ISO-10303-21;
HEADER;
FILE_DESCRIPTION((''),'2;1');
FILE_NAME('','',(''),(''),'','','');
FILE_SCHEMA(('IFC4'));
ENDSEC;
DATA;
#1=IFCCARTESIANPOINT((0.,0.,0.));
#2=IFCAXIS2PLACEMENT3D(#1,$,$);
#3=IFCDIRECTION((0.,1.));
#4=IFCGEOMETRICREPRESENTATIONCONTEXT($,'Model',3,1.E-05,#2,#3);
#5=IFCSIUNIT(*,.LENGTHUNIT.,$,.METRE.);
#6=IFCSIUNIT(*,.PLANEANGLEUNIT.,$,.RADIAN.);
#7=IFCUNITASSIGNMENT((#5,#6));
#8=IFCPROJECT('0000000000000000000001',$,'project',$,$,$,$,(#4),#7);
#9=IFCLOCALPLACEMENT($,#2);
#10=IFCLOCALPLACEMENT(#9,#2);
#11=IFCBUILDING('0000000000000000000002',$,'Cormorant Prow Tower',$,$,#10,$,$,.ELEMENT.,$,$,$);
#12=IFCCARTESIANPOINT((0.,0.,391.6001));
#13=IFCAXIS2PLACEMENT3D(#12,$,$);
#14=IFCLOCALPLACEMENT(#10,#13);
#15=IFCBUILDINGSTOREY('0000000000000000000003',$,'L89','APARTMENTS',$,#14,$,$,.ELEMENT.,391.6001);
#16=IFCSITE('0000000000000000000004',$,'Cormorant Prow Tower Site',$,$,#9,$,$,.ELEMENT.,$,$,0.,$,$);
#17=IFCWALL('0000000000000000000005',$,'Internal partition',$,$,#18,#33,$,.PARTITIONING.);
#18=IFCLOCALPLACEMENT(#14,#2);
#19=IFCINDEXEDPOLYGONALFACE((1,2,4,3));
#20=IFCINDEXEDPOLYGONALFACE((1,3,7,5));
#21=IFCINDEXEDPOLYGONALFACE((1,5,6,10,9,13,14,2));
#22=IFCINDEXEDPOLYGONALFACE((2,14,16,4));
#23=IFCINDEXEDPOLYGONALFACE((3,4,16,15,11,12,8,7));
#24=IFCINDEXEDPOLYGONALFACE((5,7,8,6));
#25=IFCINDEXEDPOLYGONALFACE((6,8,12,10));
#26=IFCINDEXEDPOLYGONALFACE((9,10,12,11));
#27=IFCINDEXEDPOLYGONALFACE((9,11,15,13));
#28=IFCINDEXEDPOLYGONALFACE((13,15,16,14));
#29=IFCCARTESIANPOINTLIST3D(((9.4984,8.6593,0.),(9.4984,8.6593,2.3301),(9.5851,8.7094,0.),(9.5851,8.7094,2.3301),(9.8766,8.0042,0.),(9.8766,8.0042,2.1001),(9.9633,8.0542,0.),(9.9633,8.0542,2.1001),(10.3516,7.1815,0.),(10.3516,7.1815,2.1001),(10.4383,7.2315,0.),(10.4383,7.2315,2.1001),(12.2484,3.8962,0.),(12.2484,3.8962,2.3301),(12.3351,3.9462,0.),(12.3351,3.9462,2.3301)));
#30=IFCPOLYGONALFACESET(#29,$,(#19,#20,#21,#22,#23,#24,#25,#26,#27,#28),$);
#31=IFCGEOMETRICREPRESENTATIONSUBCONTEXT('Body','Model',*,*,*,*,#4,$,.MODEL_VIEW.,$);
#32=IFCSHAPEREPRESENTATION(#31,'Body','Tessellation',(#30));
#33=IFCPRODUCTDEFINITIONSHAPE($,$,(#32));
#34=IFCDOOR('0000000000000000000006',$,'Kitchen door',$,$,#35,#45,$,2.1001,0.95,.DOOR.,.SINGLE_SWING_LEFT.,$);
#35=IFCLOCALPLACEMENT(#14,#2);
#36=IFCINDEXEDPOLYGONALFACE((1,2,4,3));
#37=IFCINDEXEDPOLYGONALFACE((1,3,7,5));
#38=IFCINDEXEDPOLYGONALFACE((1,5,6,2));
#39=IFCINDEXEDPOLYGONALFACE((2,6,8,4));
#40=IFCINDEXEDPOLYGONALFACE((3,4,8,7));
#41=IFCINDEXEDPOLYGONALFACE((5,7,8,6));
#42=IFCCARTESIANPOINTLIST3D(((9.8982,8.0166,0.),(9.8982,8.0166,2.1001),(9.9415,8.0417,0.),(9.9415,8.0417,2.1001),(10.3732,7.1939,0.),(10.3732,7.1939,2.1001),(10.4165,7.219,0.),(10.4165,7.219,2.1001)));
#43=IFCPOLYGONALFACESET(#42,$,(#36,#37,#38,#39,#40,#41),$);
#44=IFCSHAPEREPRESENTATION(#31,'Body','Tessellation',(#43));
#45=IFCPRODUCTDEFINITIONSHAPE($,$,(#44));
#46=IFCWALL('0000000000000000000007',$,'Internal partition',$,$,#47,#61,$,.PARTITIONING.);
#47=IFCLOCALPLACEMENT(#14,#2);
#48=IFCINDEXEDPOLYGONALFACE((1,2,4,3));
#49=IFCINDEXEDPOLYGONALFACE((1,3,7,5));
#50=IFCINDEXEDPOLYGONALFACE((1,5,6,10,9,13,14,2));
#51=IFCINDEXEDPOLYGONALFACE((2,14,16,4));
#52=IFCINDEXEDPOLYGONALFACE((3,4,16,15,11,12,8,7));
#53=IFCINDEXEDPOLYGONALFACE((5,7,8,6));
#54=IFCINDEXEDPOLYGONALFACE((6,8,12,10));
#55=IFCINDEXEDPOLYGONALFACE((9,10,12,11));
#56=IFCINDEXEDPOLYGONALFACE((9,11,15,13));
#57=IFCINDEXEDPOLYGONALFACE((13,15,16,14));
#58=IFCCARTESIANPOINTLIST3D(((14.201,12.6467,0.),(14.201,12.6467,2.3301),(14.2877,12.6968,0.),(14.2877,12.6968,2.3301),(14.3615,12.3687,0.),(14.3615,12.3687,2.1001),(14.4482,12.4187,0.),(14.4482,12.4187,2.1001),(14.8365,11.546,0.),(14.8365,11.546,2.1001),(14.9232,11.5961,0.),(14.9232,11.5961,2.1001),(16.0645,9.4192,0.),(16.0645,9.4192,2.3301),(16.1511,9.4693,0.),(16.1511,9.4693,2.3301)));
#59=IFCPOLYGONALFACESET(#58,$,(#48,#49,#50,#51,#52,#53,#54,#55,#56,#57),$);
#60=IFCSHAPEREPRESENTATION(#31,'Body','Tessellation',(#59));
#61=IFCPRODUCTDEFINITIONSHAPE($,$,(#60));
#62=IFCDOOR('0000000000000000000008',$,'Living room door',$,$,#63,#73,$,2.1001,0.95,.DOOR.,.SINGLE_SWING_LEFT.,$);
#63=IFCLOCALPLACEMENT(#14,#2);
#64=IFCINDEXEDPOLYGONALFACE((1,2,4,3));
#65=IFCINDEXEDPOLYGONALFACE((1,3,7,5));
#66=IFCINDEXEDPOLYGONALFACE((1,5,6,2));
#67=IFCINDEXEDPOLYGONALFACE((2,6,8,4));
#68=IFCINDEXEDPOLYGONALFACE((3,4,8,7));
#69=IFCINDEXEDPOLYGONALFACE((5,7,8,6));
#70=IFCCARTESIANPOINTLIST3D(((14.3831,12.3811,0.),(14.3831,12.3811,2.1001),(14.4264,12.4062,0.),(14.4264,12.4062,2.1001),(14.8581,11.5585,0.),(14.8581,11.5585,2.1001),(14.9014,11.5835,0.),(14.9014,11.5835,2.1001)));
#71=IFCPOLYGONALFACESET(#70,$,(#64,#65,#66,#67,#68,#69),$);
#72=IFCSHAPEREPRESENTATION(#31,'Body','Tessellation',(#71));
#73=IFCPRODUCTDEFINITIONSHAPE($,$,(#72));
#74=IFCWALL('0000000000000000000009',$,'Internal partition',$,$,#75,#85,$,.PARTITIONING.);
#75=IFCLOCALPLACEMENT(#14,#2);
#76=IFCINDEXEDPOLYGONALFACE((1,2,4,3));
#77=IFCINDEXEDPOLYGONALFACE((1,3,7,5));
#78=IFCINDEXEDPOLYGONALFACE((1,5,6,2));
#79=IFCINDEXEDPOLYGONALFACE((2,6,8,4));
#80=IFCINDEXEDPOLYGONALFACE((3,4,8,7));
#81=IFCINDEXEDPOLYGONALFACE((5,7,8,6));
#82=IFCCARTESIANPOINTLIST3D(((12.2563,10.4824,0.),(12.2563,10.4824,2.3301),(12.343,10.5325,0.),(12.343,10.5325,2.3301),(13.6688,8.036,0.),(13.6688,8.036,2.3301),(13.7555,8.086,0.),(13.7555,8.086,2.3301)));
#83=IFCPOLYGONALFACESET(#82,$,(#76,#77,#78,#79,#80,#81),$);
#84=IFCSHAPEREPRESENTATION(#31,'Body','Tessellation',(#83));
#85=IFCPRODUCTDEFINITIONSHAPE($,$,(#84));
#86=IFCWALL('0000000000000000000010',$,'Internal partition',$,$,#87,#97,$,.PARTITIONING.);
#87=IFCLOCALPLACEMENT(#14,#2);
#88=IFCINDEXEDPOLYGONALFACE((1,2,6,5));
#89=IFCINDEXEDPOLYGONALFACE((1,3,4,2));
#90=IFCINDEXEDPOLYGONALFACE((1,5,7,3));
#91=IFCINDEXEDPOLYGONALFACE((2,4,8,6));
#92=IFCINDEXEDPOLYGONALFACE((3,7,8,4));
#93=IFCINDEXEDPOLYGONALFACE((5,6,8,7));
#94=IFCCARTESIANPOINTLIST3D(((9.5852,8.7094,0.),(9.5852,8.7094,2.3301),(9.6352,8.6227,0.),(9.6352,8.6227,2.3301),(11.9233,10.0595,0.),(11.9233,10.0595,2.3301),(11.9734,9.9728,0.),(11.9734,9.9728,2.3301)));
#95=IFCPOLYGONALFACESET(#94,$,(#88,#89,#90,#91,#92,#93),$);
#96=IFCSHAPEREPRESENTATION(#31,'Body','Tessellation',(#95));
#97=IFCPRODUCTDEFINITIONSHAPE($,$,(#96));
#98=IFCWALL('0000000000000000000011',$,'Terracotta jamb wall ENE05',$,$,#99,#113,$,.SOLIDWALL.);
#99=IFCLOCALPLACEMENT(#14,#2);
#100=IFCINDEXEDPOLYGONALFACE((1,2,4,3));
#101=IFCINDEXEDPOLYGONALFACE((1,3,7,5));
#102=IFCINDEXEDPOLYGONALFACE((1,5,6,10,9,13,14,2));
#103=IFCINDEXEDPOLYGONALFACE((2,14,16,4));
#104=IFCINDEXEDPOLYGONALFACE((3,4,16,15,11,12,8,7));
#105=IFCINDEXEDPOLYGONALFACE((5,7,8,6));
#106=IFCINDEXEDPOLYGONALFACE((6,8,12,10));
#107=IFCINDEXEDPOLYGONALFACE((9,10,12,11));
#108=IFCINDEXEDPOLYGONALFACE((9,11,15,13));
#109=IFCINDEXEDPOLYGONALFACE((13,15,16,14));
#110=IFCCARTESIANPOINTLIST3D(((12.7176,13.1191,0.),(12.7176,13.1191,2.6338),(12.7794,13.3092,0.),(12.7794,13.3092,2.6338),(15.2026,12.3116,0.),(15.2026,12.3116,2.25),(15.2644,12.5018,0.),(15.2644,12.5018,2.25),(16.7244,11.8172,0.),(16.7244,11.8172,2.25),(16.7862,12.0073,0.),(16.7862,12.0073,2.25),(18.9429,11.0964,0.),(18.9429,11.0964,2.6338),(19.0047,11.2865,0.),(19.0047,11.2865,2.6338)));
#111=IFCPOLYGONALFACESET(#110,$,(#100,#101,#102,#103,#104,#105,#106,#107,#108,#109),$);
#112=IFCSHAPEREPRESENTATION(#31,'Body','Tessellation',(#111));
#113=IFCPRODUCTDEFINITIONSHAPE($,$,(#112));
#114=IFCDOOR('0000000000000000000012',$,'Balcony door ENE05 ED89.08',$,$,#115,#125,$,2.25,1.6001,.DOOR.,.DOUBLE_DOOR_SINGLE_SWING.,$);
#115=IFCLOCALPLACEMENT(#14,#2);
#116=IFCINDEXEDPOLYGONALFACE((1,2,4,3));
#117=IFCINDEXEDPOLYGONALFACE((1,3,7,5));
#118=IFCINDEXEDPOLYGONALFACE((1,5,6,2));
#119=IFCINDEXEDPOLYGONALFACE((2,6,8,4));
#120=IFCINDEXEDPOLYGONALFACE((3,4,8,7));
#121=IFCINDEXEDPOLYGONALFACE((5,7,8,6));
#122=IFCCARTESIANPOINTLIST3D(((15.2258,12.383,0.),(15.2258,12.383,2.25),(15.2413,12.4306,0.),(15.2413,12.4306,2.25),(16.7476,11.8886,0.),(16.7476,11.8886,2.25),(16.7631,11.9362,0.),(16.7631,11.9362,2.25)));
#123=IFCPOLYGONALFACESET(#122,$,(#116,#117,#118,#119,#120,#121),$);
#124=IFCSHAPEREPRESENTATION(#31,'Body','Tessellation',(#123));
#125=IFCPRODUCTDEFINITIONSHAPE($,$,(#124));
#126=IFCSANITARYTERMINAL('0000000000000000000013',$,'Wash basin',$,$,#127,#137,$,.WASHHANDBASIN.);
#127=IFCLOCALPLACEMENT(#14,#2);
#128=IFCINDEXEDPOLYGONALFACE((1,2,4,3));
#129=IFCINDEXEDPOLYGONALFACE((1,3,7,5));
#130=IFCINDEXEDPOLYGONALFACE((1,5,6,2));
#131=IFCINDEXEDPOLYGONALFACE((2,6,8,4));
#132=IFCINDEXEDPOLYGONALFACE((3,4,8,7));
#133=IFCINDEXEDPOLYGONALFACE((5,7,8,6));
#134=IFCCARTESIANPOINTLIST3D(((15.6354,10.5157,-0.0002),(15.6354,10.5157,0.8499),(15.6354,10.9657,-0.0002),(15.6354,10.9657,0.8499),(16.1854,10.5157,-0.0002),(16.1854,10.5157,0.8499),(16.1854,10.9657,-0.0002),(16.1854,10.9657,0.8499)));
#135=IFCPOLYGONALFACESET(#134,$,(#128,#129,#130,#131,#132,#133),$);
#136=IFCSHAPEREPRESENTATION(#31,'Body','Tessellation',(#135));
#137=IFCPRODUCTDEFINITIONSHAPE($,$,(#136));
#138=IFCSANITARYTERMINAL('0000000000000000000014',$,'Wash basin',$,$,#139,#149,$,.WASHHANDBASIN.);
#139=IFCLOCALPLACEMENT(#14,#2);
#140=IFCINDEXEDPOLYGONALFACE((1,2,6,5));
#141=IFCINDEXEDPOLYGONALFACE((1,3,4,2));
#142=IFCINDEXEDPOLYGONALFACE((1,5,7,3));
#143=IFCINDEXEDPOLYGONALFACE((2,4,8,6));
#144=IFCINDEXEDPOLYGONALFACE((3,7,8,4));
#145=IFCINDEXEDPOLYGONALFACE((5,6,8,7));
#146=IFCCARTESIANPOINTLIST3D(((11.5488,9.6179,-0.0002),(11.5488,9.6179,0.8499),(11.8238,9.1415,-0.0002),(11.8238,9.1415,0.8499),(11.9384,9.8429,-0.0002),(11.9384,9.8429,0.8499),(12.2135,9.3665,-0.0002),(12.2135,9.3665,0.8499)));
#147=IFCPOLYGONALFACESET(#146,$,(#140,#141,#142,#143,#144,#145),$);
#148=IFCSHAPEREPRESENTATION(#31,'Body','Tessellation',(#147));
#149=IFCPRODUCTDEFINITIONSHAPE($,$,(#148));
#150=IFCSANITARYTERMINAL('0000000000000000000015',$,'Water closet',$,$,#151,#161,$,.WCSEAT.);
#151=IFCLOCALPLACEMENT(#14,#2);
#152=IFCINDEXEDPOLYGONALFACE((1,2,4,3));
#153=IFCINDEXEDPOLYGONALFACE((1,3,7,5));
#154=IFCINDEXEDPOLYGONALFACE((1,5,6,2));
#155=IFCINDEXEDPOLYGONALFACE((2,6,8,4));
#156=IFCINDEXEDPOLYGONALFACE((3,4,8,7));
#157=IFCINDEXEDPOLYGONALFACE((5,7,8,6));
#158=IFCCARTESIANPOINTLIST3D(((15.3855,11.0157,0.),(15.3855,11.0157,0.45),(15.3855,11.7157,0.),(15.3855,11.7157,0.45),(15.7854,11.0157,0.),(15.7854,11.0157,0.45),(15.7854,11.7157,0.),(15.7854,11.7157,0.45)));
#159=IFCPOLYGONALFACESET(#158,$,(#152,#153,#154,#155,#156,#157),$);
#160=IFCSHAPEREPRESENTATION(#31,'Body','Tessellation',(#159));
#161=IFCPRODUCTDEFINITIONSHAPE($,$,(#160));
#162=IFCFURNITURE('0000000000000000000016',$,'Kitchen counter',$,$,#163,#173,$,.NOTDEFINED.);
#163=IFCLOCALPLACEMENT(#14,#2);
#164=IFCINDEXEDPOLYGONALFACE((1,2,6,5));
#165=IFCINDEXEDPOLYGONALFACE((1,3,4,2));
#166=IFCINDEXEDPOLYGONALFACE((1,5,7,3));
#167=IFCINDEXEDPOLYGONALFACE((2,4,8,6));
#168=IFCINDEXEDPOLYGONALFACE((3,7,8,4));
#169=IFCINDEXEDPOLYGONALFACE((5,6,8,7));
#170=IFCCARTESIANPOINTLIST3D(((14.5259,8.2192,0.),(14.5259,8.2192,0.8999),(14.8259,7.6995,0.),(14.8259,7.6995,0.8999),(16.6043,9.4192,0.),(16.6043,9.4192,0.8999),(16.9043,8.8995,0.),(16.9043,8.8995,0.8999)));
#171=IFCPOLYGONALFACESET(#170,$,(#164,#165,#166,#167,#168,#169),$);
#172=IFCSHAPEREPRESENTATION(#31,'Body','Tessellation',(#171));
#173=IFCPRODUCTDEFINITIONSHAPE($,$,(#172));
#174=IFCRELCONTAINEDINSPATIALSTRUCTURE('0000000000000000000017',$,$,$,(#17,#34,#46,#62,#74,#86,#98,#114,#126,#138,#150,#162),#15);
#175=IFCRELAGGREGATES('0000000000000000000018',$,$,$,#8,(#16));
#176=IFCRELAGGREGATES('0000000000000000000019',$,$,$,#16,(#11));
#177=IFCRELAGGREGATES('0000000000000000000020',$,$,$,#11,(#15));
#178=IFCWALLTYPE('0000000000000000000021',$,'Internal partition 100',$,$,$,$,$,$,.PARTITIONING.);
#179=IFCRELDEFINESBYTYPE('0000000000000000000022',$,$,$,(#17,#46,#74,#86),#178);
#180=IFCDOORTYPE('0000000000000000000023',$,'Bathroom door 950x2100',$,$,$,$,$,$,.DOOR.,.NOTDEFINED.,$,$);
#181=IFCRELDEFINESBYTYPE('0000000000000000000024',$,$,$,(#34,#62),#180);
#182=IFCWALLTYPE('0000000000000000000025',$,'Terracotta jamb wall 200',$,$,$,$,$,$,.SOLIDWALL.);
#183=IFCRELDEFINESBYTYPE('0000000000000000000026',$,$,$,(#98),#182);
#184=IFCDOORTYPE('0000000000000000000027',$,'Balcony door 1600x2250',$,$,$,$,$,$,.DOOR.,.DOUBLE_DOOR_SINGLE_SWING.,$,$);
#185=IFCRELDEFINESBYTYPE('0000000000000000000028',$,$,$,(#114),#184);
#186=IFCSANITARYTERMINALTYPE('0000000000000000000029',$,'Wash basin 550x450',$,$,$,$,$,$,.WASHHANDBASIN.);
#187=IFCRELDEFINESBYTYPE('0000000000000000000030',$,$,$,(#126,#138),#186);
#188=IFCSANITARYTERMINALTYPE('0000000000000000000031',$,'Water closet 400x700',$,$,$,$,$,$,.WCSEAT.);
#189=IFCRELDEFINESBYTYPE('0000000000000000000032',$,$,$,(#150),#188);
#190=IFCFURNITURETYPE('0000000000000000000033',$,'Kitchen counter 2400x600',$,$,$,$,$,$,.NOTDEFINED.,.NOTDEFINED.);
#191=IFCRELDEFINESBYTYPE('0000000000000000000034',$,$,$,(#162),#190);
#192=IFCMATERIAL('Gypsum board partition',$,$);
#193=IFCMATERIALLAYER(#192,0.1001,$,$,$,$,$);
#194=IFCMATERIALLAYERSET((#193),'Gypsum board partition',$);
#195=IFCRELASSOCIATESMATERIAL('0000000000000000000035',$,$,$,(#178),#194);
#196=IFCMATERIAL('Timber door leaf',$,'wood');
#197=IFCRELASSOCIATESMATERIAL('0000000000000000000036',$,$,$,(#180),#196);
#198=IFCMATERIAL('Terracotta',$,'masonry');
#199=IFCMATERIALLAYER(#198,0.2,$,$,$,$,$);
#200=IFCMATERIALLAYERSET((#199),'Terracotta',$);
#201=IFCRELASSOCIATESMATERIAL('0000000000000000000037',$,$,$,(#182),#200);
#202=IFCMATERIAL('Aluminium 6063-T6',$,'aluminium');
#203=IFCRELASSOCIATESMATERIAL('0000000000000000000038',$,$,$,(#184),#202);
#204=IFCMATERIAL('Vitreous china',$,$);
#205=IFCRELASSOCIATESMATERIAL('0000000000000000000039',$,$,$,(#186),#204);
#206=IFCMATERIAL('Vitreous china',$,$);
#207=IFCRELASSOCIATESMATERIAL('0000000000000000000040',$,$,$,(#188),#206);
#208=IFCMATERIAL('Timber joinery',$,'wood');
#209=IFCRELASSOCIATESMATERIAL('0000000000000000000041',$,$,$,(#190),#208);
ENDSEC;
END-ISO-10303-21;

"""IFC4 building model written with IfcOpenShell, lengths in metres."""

from ifc_helpers import new_model, si_unit, direction, frame, frame_2d, origin, origin_2d, place, context, subcontext, project, spatial, rectangle, extrude, material, layer, layer_set, type_object, element, fill, save


model = new_model("IFC4")

# Units and contexts
model_context = context("Model", 3, precision=1e-05, world=origin(), true_north=direction((0.0, 1.0)))
body_context = subcontext(model_context, "Body", "Model", "MODEL_VIEW")
ifc_project = project(units=[si_unit("LENGTHUNIT", "METRE"), si_unit("PLANEANGLEUNIT", "RADIAN")], contexts=[model_context])

# Site, building, storey
site_placement = place(None, origin())
site = spatial("IfcSite", under=ifc_project, at=site_placement, Name="Cormorant Prow Tower Site", CompositionType="ELEMENT", RefElevation=0.0)
building_placement = place(site_placement, origin())
building = spatial("IfcBuilding", under=site, at=building_placement, Name="Cormorant Prow Tower", CompositionType="ELEMENT")
storey_placement = place(building_placement, frame((0.0, 0.0, 391.6001)))
storey = spatial("IfcBuildingStorey", under=building, at=storey_placement, Name="L89", Description="APARTMENTS", CompositionType="ELEMENT", Elevation=391.6001)

# Shared definitions
ifc_material_1 = material(Name="Gypsum board partition")
ifc_layer_1 = layer(ifc_material_1, 0.1001)
ifc_layer_set_1 = layer_set([ifc_layer_1], Name="Gypsum board partition")
wall_type_1 = type_object("IfcWallType", Name="Internal partition 100", PredefinedType="PARTITIONING", material=ifc_layer_set_1)
ifc_material_2 = material(Name="Timber door leaf", Category="wood")
door_type_1 = type_object("IfcDoorType", Name="Bathroom door 950x2100", OperationType="NOTDEFINED", PredefinedType="DOOR", material=ifc_material_2)

# Walls, openings, doors
wall_1_placement = place(storey_placement, frame((9.5417, 8.6843, 0.0), z_axis=(0.0, 0.0, 1.0), x_axis=(0.499997, -0.866027, 0.0)))
wall_1 = element("IfcWall", 1, at=wall_1_placement, inside=storey, type_object=wall_type_1, Name="Internal partition", PredefinedType="PARTITIONING", context=body_context, shape_type="SweptSolid", body=[
    extrude(rectangle(XDim=5.5, YDim=0.1001, at=frame_2d((2.75, 0.0))), origin(), (0.0, 0.0, 1.0), 2.3301),
])
opening_1_placement = place(wall_1_placement, frame((0.7563, 0.0, 0.0)))
opening_1 = element("IfcOpeningElement", 2, at=opening_1_placement, cuts=wall_1, PredefinedType="OPENING", context=body_context, shape_type="SweptSolid", body=[
    extrude(rectangle(XDim=0.95, YDim=2.1001, at=frame_2d((0.4751, 1.05))), frame((0.0, 0.0601, 0.0), z_axis=(0.0, -1.0, 0.0), x_axis=(1.0, 0.0, 0.0)), (0.0, 0.0, 1.0), 0.1201),
])
door_1_placement = place(opening_1_placement, origin())
door_1 = element("IfcDoor", 3, at=door_1_placement, inside=storey, type_object=door_type_1, Name="Kitchen door", OperationType="SINGLE_SWING_LEFT", OverallHeight=2.1001, OverallWidth=0.95, PredefinedType="DOOR", context=body_context, shape_type="SweptSolid", body=[
    extrude(rectangle(XDim=0.95, YDim=2.1001, at=frame_2d((0.4751, 1.05))), frame((0.0, 0.0249, 0.0), z_axis=(0.0, -1.0, 0.0), x_axis=(1.0, 0.0, 0.0)), (0.0, 0.0, 1.0), 0.05),
])
fill(opening_1, door_1)
wall_2_placement = place(storey_placement, frame((14.2444, 12.6716, 0.0), z_axis=(0.0, 0.0, 1.0), x_axis=(0.500021, -0.866013, 0.0)))
wall_2 = element("IfcWall", 4, at=wall_2_placement, inside=storey, type_object=wall_type_1, Name="Internal partition", PredefinedType="PARTITIONING", context=body_context, shape_type="SweptSolid", body=[
    extrude(rectangle(XDim=3.7268, YDim=0.1001, at=frame_2d((1.8633, 0.0))), origin(), (0.0, 0.0, 1.0), 2.3301),
])
opening_2_placement = place(wall_2_placement, frame((0.3208, 0.0, 0.0)))
opening_2 = element("IfcOpeningElement", 5, at=opening_2_placement, cuts=wall_2, PredefinedType="OPENING", context=body_context, shape_type="SweptSolid", body=[
    extrude(rectangle(XDim=0.95, YDim=2.1001, at=frame_2d((0.4751, 1.05))), frame((0.0, 0.0601, 0.0), z_axis=(0.0, -1.0, 0.0), x_axis=(1.0, 0.0, 0.0)), (0.0, 0.0, 1.0), 0.1201),
])
door_2_placement = place(opening_2_placement, origin())
door_2 = element("IfcDoor", 6, at=door_2_placement, inside=storey, type_object=door_type_1, Name="Living room door", OperationType="SINGLE_SWING_LEFT", OverallHeight=2.1001, OverallWidth=0.95, PredefinedType="DOOR", context=body_context, shape_type="SweptSolid", body=[
    extrude(rectangle(XDim=0.95, YDim=2.1001, at=frame_2d((0.4751, 1.05))), frame((0.0, 0.0249, 0.0), z_axis=(0.0, -1.0, 0.0), x_axis=(1.0, 0.0, 0.0)), (0.0, 0.0, 1.0), 0.05),
])
fill(opening_2, door_2)

# Walls
wall_3_placement = place(storey_placement, frame((12.2996, 10.5076, 0.0), z_axis=(0.0, 0.0, 1.0), x_axis=(0.500024, -0.866011, 0.0)))
element("IfcWall", 7, at=wall_3_placement, inside=storey, type_object=wall_type_1, Name="Internal partition", PredefinedType="PARTITIONING", context=body_context, shape_type="SweptSolid", body=[
    extrude(rectangle(XDim=2.825, YDim=0.1001, at=frame_2d((1.4126, 0.0))), origin(), (0.0, 0.0, 1.0), 2.3301),
])
wall_4_placement = place(storey_placement, frame((9.6101, 8.666, 0.0), z_axis=(0.0, 0.0, 1.0), x_axis=(0.865997, 0.500049, 0.0)))
element("IfcWall", 8, at=wall_4_placement, inside=storey, type_object=wall_type_1, Name="Internal partition", PredefinedType="PARTITIONING", context=body_context, shape_type="SweptSolid", body=[
    extrude(rectangle(XDim=2.7, YDim=0.1001, at=frame_2d((1.3501, 0.0))), origin(), (0.0, 0.0, 1.0), 2.3301),
])

# Wall, opening, door
ifc_material_3 = material(Name="Terracotta", Category="masonry")
ifc_layer_2 = layer(ifc_material_3, 0.2)
ifc_layer_set_2 = layer_set([ifc_layer_2], Name="Terracotta")
wall_type_2 = type_object("IfcWallType", Name="Terracotta jamb wall 200", PredefinedType="SOLIDWALL", material=ifc_layer_set_2)
wall_5_placement = place(storey_placement, frame((18.9739, 11.1914, 0.0), z_axis=(0.0, 0.0, 1.0), x_axis=(-0.951058, 0.309013, 0.0)))
wall_5 = element("IfcWall", 9, at=wall_5_placement, inside=storey, type_object=wall_type_2, Name="Terracotta jamb wall ENE05", PredefinedType="SOLIDWALL", context=body_context, shape_type="SweptSolid", body=[
    extrude(rectangle(XDim=6.5457, YDim=0.2, at=frame_2d((3.2729, 0.0))), origin(), (0.0, 0.0, 1.0), 2.6338),
])
opening_3_placement = place(wall_5_placement, frame((2.3328, 0.0, 0.0)))
opening_3 = element("IfcOpeningElement", 10, at=opening_3_placement, cuts=wall_5, PredefinedType="OPENING", context=body_context, shape_type="SweptSolid", body=[
    extrude(rectangle(XDim=1.6001, YDim=2.25, at=frame_2d((0.8, 1.125))), frame((0.0, 0.1099, 0.0), z_axis=(0.0, -1.0, 0.0), x_axis=(1.0, 0.0, 0.0)), (0.0, 0.0, 1.0), 0.22),
])
ifc_material_4 = material(Name="Aluminium 6063-T6", Category="aluminium")
door_type_2 = type_object("IfcDoorType", Name="Balcony door 1600x2250", OperationType="DOUBLE_DOOR_SINGLE_SWING", PredefinedType="DOOR", material=ifc_material_4)
door_3_placement = place(opening_3_placement, origin())
door_3 = element("IfcDoor", 11, at=door_3_placement, inside=storey, type_object=door_type_2, Name="Balcony door ENE05 ED89.08", OperationType="DOUBLE_DOOR_SINGLE_SWING", OverallHeight=2.25, OverallWidth=1.6001, PredefinedType="DOOR", context=body_context, shape_type="SweptSolid", body=[
    extrude(rectangle(XDim=1.6001, YDim=2.25, at=frame_2d((0.8, 1.125))), frame((0.0, 0.0249, 0.0), z_axis=(0.0, -1.0, 0.0), x_axis=(1.0, 0.0, 0.0)), (0.0, 0.0, 1.0), 0.05),
])
fill(opening_3, door_3)

# Sanitary terminals
ifc_material_5 = material(Name="Vitreous china")
sanitary_terminal_type_1 = type_object("IfcSanitaryTerminalType", Name="Wash basin 550x450", PredefinedType="WASHHANDBASIN", material=ifc_material_5)
for number, where, z_axis, x_axis, name in (
    (12, (15.9104, 10.7407, -0.0002), (0.0, 0.0, 1.0), (1.0, 0.0, 0.0), "Wash basin"),
    (13, (11.8811, 9.4922, -0.0002), (0.0, 0.0, 1.0), (0.5, -0.866025, 0.0), "Wash basin"),
):
    element("IfcSanitaryTerminal", number, at=place(storey_placement, frame(where, z_axis=z_axis, x_axis=x_axis)), inside=storey, type_object=sanitary_terminal_type_1, Name=name, PredefinedType="WASHHANDBASIN", context=body_context, shape_type="SweptSolid", body=[
        extrude(rectangle(XDim=0.55, YDim=0.45, at=origin_2d()), origin(), (0.0, 0.0, 1.0), 0.8501),
    ])
ifc_material_6 = material(Name="Vitreous china")
sanitary_terminal_type_2 = type_object("IfcSanitaryTerminalType", Name="Water closet 400x700", PredefinedType="WCSEAT", material=ifc_material_6)
sanitary_terminal_placement = place(storey_placement, frame((15.5854, 11.3657, 0.0), z_axis=(0.0, 0.0, 1.0), x_axis=(1.0, 0.0, 0.0)))
element("IfcSanitaryTerminal", 14, at=sanitary_terminal_placement, inside=storey, type_object=sanitary_terminal_type_2, Name="Water closet", PredefinedType="WCSEAT", context=body_context, shape_type="SweptSolid", body=[
    extrude(rectangle(XDim=0.3999, YDim=0.7, at=origin_2d()), origin(), (0.0, 0.0, 1.0), 0.45),
])

# Furniture
ifc_material_7 = material(Name="Timber joinery", Category="wood")
furniture_type = type_object("IfcFurnitureType", Name="Kitchen counter 2400x600", AssemblyPlace="NOTDEFINED", PredefinedType="NOTDEFINED", material=ifc_material_7)
furniture_placement = place(storey_placement, frame((15.7151, 8.5593, 0.0), z_axis=(0.0, 0.0, 1.0), x_axis=(0.866025, 0.5, 0.0)))
element("IfcFurniture", 15, at=furniture_placement, inside=storey, type_object=furniture_type, Name="Kitchen counter", PredefinedType="NOTDEFINED", context=body_context, shape_type="SweptSolid", body=[
    extrude(rectangle(XDim=2.3999, YDim=0.6001, at=origin_2d()), origin(), (0.0, 0.0, 1.0), 0.8999),
])

save(model, "model.ifc")
